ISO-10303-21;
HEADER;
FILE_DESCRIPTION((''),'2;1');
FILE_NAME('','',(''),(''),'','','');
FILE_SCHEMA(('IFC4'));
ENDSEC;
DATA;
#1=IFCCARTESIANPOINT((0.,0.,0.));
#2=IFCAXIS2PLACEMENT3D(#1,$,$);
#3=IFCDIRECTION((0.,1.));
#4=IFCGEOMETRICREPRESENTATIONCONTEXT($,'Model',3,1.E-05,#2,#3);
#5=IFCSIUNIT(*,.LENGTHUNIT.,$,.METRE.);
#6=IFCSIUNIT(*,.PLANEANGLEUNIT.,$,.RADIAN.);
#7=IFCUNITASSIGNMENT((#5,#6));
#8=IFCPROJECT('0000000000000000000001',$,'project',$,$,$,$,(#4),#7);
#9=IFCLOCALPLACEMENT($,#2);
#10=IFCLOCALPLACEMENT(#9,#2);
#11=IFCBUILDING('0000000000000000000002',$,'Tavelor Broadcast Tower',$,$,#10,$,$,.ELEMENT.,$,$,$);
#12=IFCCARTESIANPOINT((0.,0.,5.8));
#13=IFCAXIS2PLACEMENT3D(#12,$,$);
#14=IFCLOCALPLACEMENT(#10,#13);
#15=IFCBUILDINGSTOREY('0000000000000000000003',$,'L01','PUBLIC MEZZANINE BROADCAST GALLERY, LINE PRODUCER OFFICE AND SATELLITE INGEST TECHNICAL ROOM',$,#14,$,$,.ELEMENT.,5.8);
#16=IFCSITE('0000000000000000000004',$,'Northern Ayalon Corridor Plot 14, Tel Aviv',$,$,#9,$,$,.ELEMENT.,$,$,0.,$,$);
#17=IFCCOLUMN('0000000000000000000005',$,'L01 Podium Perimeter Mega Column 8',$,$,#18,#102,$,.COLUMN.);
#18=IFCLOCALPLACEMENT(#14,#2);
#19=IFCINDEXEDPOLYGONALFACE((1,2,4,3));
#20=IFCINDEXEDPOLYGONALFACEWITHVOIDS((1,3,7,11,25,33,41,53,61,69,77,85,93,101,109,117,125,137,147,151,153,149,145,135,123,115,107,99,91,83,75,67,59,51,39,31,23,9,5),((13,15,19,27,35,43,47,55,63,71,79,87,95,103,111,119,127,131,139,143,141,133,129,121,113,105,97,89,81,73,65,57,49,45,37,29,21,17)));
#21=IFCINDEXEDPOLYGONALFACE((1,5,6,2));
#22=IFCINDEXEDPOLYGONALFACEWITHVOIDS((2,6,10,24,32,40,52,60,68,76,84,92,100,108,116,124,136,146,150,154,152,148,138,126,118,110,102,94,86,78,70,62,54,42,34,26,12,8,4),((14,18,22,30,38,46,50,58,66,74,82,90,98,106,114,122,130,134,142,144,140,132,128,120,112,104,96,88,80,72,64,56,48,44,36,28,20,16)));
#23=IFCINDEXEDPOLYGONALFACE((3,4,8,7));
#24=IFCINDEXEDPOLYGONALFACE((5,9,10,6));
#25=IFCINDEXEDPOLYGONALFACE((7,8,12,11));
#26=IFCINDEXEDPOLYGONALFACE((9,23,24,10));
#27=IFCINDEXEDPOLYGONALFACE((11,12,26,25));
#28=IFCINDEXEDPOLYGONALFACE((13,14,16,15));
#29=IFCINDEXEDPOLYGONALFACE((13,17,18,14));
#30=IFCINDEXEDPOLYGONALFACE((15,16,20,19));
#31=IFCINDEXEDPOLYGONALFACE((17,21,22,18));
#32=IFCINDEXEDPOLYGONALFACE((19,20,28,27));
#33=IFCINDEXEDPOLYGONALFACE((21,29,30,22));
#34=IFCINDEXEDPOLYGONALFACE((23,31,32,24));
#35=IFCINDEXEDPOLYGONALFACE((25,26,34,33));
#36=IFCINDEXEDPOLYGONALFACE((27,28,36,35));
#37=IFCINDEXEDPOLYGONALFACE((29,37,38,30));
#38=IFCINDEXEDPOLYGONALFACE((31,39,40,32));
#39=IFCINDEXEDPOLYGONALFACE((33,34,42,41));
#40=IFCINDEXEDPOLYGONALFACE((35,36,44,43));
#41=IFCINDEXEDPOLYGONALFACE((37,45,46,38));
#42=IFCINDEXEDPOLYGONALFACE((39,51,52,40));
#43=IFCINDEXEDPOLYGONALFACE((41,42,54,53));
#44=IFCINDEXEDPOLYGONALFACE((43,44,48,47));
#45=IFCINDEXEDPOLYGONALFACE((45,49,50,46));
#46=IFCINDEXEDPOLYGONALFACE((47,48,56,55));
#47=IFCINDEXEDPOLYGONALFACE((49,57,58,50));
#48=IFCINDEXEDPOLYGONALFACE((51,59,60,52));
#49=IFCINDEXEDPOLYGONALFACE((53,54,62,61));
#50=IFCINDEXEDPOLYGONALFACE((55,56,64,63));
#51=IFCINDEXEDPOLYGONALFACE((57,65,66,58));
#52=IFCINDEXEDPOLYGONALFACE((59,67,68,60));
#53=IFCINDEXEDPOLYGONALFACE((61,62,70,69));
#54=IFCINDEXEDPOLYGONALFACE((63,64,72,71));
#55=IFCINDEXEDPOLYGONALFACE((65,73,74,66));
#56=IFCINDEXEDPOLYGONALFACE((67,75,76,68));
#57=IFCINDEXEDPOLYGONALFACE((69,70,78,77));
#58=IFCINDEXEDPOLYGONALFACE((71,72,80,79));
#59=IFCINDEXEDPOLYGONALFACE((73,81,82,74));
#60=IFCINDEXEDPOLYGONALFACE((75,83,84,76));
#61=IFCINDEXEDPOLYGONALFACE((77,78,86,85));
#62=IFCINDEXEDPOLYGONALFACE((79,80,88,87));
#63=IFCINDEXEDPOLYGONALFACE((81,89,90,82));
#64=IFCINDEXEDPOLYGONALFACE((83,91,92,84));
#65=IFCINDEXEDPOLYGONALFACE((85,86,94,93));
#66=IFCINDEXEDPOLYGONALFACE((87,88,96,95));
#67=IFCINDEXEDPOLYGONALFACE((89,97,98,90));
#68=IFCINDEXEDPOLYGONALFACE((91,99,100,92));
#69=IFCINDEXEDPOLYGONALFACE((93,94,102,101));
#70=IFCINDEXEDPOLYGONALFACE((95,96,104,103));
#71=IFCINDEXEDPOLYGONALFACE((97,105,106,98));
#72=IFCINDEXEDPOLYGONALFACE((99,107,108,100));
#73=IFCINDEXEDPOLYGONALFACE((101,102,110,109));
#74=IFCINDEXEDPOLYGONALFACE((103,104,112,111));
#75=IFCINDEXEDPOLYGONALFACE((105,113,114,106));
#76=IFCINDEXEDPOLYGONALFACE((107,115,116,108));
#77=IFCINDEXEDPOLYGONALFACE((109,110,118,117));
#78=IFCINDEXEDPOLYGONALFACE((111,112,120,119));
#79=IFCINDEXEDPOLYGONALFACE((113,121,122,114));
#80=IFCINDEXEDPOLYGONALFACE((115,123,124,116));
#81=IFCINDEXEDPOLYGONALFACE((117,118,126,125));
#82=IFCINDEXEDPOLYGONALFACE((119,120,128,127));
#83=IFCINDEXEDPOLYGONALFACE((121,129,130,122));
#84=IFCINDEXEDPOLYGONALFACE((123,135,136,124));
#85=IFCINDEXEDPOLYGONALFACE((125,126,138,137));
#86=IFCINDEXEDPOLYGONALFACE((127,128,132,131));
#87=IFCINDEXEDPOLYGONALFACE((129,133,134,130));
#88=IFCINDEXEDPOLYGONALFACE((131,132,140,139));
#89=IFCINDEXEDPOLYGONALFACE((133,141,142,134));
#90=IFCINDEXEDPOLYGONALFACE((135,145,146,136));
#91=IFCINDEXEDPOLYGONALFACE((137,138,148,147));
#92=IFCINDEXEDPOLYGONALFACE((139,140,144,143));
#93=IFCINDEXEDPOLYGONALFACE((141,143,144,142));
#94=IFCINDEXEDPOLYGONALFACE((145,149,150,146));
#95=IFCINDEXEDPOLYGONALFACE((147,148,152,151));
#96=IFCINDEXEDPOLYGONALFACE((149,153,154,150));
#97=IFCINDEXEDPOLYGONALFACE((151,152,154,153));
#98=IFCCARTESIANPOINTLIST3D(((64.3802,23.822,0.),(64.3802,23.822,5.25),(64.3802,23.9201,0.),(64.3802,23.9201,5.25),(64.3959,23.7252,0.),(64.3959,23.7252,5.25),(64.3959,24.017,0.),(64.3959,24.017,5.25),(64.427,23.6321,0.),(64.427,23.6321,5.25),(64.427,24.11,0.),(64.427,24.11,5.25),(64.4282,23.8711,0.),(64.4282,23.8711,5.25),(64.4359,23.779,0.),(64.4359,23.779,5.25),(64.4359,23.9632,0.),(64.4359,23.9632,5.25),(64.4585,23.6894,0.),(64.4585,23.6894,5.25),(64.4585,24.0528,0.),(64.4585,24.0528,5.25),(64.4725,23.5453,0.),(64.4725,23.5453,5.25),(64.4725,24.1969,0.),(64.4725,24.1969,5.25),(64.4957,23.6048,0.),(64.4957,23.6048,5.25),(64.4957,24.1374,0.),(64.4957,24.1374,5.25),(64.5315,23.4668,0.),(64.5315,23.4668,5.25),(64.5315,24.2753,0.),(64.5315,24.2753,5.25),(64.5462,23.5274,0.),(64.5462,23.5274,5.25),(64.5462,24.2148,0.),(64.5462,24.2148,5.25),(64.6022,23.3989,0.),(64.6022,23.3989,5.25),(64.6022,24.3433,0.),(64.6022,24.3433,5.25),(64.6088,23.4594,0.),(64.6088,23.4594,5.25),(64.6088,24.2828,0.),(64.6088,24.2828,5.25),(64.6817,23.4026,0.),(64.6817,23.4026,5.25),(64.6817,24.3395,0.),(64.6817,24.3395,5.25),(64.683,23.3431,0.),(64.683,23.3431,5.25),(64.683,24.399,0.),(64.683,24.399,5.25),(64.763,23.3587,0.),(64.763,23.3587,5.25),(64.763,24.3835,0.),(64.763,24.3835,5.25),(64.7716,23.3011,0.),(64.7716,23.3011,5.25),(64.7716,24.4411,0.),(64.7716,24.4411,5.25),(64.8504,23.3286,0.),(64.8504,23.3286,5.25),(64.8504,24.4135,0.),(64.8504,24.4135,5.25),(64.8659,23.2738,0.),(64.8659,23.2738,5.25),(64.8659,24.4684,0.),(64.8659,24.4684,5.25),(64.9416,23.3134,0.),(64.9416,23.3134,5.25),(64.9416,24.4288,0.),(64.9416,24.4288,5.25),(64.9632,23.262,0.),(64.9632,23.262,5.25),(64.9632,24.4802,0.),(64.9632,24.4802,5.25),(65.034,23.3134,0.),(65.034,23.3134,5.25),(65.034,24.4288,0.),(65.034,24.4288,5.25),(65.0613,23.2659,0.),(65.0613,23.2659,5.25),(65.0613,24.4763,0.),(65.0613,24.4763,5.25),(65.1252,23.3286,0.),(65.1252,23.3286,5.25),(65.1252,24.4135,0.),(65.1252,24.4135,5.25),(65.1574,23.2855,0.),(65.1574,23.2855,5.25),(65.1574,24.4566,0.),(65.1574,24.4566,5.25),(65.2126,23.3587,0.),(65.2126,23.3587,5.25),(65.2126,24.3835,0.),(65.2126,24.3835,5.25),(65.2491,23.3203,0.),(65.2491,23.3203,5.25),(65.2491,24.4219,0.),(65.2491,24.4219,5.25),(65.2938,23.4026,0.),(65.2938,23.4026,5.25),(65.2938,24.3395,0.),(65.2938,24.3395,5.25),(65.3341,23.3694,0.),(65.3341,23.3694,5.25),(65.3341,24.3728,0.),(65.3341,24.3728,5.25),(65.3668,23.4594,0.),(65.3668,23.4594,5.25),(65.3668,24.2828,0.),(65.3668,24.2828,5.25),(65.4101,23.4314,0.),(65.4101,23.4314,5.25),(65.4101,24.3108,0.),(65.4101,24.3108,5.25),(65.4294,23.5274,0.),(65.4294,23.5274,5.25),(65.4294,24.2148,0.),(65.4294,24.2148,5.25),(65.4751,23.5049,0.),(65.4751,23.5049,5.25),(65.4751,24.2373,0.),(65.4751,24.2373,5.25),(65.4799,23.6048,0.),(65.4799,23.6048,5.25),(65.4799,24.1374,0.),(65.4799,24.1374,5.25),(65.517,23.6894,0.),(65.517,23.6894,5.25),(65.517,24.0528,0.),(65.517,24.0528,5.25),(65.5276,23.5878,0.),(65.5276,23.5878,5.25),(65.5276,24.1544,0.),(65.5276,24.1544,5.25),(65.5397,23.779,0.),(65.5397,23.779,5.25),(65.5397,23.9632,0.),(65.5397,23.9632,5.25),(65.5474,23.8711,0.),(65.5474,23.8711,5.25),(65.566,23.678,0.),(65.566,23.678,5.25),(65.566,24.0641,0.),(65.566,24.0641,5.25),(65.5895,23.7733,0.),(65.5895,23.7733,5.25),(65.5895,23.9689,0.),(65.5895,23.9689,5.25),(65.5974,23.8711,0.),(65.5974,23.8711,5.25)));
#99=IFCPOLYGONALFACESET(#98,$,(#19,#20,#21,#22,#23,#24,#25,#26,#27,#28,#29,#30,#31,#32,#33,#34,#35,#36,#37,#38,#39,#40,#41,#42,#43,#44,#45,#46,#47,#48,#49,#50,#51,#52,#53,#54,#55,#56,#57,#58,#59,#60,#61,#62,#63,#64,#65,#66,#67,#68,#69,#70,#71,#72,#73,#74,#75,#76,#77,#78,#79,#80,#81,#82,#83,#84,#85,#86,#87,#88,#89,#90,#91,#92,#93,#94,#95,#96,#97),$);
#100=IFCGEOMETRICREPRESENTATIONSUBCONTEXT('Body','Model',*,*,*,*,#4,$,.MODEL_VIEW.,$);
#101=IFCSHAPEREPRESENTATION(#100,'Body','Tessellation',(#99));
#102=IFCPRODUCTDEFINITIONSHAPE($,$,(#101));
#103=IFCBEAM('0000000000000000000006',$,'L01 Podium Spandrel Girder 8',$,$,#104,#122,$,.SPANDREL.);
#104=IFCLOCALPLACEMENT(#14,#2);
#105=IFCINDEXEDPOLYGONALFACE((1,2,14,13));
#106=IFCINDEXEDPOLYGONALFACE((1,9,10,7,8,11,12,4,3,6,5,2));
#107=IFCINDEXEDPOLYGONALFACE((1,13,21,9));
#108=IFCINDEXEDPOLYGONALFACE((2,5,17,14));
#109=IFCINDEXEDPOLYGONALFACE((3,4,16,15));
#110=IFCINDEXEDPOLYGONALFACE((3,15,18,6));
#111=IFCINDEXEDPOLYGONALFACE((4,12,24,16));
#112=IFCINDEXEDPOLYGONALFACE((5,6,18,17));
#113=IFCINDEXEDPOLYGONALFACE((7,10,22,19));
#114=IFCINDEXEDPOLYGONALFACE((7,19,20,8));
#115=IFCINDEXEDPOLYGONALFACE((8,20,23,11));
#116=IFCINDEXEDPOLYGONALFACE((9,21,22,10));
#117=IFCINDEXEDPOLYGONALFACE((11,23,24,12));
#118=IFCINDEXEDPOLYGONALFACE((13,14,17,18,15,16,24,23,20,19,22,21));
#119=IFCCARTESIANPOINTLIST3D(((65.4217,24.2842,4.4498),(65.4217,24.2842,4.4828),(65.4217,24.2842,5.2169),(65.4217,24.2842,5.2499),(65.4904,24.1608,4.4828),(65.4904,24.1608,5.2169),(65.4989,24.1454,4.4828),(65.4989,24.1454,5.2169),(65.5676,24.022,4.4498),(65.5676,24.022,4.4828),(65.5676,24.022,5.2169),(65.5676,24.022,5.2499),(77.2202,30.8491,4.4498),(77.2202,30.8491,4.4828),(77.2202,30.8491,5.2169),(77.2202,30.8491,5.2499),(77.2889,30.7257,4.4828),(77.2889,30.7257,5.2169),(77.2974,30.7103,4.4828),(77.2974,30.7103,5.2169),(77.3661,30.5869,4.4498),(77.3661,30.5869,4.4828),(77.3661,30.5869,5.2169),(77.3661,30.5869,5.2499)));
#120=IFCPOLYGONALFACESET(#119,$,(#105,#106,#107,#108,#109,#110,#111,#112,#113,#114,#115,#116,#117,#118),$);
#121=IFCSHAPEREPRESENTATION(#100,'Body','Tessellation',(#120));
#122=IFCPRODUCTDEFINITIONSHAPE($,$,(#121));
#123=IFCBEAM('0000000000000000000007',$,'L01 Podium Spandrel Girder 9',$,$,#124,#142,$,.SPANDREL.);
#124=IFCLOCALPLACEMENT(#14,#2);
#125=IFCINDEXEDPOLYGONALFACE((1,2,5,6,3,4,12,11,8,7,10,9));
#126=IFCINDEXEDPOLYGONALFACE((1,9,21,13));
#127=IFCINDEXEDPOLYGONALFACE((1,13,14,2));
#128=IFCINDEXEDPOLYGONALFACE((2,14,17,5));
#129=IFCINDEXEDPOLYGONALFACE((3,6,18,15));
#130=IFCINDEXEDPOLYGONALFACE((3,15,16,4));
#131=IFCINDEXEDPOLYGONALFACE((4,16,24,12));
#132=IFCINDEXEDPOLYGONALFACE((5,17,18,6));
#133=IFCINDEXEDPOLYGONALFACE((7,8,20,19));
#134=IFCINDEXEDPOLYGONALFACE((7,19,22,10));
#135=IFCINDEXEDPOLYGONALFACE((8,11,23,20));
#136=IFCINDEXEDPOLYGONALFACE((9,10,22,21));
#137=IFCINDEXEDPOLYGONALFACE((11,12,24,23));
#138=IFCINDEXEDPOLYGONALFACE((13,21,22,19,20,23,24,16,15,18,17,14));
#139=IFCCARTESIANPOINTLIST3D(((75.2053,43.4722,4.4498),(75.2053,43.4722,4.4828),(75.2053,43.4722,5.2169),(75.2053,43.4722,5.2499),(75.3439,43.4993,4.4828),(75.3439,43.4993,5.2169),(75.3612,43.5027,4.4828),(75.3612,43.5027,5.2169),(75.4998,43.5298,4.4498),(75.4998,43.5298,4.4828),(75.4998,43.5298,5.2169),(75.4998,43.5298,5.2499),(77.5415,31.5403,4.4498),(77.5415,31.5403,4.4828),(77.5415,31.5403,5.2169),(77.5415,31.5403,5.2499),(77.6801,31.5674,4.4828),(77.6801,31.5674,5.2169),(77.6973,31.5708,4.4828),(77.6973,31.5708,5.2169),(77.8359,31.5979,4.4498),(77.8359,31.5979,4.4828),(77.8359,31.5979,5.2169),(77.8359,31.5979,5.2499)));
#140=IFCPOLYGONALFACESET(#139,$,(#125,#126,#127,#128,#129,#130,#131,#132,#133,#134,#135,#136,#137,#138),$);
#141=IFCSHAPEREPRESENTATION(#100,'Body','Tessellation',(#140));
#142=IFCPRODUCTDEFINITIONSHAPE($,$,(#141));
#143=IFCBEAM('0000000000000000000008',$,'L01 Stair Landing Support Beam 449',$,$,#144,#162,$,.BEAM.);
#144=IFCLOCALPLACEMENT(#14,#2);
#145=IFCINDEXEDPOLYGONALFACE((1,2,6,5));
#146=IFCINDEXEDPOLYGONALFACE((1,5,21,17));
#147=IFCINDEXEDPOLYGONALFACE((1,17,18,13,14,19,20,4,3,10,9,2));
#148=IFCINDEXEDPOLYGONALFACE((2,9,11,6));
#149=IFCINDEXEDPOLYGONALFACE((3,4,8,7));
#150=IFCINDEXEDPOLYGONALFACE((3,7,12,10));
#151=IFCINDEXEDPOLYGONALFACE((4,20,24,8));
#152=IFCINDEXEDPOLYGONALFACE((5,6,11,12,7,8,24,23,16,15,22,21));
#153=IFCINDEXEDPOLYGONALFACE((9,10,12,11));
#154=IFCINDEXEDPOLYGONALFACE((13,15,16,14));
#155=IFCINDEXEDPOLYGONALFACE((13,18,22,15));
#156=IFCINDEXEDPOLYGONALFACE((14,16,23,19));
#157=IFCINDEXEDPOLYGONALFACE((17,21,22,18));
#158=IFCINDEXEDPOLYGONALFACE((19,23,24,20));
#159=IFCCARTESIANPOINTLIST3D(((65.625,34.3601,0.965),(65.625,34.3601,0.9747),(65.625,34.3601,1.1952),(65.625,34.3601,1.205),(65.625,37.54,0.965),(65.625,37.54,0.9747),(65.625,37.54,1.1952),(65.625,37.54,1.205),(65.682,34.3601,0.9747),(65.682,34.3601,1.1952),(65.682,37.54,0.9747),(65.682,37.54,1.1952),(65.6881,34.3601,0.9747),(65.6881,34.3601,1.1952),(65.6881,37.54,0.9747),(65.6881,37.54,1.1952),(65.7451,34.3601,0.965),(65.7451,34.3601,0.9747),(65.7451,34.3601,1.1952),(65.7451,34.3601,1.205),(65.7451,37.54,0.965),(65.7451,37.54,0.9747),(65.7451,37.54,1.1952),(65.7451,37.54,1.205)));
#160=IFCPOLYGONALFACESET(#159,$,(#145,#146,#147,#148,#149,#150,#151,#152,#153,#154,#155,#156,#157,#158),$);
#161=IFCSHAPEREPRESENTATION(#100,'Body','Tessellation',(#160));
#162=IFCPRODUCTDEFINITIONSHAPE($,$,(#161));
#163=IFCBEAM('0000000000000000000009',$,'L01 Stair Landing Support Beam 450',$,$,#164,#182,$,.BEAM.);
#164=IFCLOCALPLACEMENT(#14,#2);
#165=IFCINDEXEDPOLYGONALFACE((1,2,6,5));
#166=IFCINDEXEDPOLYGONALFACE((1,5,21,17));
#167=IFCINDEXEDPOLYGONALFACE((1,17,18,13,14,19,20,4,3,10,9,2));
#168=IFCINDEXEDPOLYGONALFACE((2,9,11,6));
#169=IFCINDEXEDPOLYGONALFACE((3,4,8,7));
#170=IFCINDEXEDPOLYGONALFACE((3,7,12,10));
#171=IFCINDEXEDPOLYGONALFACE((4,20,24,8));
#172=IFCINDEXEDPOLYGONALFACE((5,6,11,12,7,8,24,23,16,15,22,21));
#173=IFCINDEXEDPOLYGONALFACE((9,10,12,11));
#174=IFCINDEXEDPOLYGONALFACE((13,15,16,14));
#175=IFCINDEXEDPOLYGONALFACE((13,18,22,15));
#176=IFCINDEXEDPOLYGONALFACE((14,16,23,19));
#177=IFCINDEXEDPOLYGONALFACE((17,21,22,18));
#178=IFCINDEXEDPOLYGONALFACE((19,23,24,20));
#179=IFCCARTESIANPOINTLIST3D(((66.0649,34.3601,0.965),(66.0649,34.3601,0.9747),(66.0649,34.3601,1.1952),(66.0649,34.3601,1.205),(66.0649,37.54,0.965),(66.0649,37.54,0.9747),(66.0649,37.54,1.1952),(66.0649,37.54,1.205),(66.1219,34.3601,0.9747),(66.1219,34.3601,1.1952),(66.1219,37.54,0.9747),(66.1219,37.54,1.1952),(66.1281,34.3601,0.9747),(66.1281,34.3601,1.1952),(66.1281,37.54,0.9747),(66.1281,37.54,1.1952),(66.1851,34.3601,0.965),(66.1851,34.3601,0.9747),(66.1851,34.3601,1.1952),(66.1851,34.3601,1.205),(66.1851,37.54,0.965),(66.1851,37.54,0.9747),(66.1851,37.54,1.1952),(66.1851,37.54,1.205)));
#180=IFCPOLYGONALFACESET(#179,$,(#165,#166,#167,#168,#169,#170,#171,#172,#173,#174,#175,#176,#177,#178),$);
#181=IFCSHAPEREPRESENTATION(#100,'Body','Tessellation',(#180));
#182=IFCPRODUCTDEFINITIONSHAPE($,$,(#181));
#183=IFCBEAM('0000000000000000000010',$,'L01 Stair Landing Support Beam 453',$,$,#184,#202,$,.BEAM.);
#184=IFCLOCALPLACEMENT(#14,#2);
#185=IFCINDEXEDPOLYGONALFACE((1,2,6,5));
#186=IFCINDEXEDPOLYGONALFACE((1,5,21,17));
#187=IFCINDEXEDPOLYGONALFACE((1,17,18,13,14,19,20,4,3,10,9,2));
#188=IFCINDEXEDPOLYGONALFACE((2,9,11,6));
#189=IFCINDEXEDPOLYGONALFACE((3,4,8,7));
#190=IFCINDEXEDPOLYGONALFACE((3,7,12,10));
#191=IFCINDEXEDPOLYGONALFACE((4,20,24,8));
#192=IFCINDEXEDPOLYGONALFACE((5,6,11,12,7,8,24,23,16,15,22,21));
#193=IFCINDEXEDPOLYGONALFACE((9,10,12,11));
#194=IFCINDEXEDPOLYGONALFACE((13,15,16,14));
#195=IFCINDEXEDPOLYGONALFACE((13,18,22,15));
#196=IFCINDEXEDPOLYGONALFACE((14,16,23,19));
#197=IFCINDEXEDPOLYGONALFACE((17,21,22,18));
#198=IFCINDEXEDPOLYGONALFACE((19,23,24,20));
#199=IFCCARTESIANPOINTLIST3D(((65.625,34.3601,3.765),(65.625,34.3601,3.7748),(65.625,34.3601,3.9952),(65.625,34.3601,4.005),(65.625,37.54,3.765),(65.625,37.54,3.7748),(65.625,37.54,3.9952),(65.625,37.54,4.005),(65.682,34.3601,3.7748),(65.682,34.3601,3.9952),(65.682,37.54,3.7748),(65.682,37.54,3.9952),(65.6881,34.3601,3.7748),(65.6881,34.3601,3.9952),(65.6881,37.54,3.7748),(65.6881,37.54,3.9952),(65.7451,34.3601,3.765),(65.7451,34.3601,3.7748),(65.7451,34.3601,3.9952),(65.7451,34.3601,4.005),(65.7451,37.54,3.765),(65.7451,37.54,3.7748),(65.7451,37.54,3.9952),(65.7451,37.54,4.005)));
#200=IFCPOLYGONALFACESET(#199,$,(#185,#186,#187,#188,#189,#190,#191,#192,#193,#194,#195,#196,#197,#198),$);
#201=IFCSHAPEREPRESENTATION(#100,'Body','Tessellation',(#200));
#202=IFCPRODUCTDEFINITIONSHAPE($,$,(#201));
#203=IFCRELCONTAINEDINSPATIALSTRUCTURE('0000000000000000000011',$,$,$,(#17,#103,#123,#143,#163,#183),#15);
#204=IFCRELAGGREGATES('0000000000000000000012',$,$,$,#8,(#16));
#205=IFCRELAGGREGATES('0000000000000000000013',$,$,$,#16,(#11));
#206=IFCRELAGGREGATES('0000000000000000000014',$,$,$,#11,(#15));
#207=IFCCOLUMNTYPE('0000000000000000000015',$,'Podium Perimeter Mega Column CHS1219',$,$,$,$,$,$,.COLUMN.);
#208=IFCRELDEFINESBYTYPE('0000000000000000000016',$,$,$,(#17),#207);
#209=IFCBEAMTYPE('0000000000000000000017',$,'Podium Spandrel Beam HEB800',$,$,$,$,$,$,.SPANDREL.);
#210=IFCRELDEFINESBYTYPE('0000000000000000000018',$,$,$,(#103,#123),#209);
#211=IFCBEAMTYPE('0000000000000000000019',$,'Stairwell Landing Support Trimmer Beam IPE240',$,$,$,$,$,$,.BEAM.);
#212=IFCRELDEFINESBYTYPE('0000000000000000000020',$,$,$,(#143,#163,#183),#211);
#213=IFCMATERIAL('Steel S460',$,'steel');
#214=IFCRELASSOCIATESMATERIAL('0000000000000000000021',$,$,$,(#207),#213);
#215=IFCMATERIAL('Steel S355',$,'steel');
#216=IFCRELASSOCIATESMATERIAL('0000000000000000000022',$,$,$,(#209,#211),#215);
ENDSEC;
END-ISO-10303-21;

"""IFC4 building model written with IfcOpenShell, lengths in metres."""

from ifc_helpers import new_model, si_unit, direction, frame, origin, origin_2d, place, context, subcontext, project, spatial, hollow_circle, i_section, extrude, material, material_profile, profile_set, type_object, element, save


model = new_model("IFC4")

# Units and contexts
model_context = context("Model", 3, precision=1e-05, world=origin(), true_north=direction((0.0, 1.0)))
body_context = subcontext(model_context, "Body", "Model", "MODEL_VIEW")
ifc_project = project(units=[si_unit("LENGTHUNIT", "METRE"), si_unit("PLANEANGLEUNIT", "RADIAN")], contexts=[model_context])

# Site, building, storey
site_placement = place(None, origin())
site = spatial("IfcSite", under=ifc_project, at=site_placement, Name="Northern Ayalon Corridor Plot 14, Tel Aviv", CompositionType="ELEMENT", RefElevation=0.0)
building_placement = place(site_placement, origin())
building = spatial("IfcBuilding", under=site, at=building_placement, Name="Tavelor Broadcast Tower", CompositionType="ELEMENT")
storey_placement = place(building_placement, frame((0.0, 0.0, 5.8)))
storey = spatial("IfcBuildingStorey", under=building, at=storey_placement, Name="L01", Description="PUBLIC MEZZANINE BROADCAST GALLERY, LINE PRODUCER OFFICE AND SATELLITE INGEST TECHNICAL ROOM", CompositionType="ELEMENT", Elevation=5.8)

# Column
ifc_material_1 = material(Name="Steel S460", Category="steel")
ifc_material_profile_1 = material_profile(ifc_material_1, hollow_circle(Radius=0.6096, WallThickness=0.05, at=origin_2d()), Name="CHS 1219x50")
ifc_profile_set_1 = profile_set([ifc_material_profile_1], Name="Steel S460")
column_type = type_object("IfcColumnType", Name="Podium Perimeter Mega Column CHS1219", PredefinedType="COLUMN", material=ifc_profile_set_1)
column_placement = place(storey_placement, frame((64.9878, 23.8711, 0.0), z_axis=(0.0, 0.0, 1.0), x_axis=(1.0, 0.0, 0.0)))
element("IfcColumn", 1, at=column_placement, inside=storey, type_object=column_type, Name="L01 Podium Perimeter Mega Column 8", PredefinedType="COLUMN", context=body_context, shape_type="SweptSolid", body=[
    extrude(hollow_circle(Radius=0.6096, WallThickness=0.05, at=origin_2d()), origin(), (0.0, 0.0, 1.0), 5.25),
])

# Beams
ifc_material_2 = material(Name="Steel S355", Category="steel")
ifc_material_profile_2 = material_profile(ifc_material_2, i_section(OverallWidth=0.3, OverallDepth=0.8, WebThickness=0.0176, FlangeThickness=0.033, at=origin_2d()), Name="HEB 800")
ifc_profile_set_2 = profile_set([ifc_material_profile_2], Name="Steel S355")
beam_type_1 = type_object("IfcBeamType", Name="Podium Spandrel Beam HEB800", PredefinedType="SPANDREL", material=ifc_profile_set_2)
beam_1_placement = place(storey_placement, frame((65.4946, 24.1531, 4.8499), z_axis=(0.873837, 0.486219, 0.0), x_axis=(-0.486219, 0.873837, 0.0)))
element("IfcBeam", 2, at=beam_1_placement, inside=storey, type_object=beam_type_1, Name="L01 Podium Spandrel Girder 8", PredefinedType="SPANDREL", context=body_context, shape_type="SweptSolid", body=[
    extrude(i_section(OverallWidth=0.3, OverallDepth=0.8, WebThickness=0.0176, FlangeThickness=0.033, at=origin_2d()), origin(), (0.0, 0.0, 1.0), 13.502),
])
beam_2_placement = place(storey_placement, frame((77.6887, 31.5691, 4.8499), z_axis=(-0.192145, 0.981367, 0.0), x_axis=(-0.981367, -0.192145, 0.0)))
element("IfcBeam", 3, at=beam_2_placement, inside=storey, type_object=beam_type_1, Name="L01 Podium Spandrel Girder 9", PredefinedType="SPANDREL", context=body_context, shape_type="SweptSolid", body=[
    extrude(i_section(OverallWidth=0.3, OverallDepth=0.8, WebThickness=0.0176, FlangeThickness=0.033, at=origin_2d()), origin(), (0.0, 0.0, 1.0), 12.1584),
])
ifc_material_profile_3 = material_profile(ifc_material_2, i_section(OverallWidth=0.1201, OverallDepth=0.24, WebThickness=0.0061, FlangeThickness=0.0098, at=origin_2d()), Name="IPE 240")
ifc_profile_set_3 = profile_set([ifc_material_profile_3], Name="Steel S355")
beam_type_2 = type_object("IfcBeamType", Name="Stairwell Landing Support Trimmer Beam IPE240", PredefinedType="BEAM", material=ifc_profile_set_3)
for number, where, z_axis, x_axis, name in (
    (4, (65.6851, 34.3601, 1.085), (0.0, 1.0, 0.0), (-1.0, 0.0, 0.0), "L01 Stair Landing Support Beam 449"),
    (5, (66.125, 34.3601, 1.085), (0.0, 1.0, 0.0), (-1.0, 0.0, 0.0), "L01 Stair Landing Support Beam 450"),
    (6, (65.6851, 34.3601, 3.885), (0.0, 1.0, 0.0), (-1.0, 0.0, 0.0), "L01 Stair Landing Support Beam 453"),
):
    element("IfcBeam", number, at=place(storey_placement, frame(where, z_axis=z_axis, x_axis=x_axis)), inside=storey, type_object=beam_type_2, Name=name, PredefinedType="BEAM", context=body_context, shape_type="SweptSolid", body=[
        extrude(i_section(OverallWidth=0.1201, OverallDepth=0.24, WebThickness=0.0061, FlangeThickness=0.0098, at=origin_2d()), origin(), (0.0, 0.0, 1.0), 3.1799),
    ])

save(model, "model.ifc")
